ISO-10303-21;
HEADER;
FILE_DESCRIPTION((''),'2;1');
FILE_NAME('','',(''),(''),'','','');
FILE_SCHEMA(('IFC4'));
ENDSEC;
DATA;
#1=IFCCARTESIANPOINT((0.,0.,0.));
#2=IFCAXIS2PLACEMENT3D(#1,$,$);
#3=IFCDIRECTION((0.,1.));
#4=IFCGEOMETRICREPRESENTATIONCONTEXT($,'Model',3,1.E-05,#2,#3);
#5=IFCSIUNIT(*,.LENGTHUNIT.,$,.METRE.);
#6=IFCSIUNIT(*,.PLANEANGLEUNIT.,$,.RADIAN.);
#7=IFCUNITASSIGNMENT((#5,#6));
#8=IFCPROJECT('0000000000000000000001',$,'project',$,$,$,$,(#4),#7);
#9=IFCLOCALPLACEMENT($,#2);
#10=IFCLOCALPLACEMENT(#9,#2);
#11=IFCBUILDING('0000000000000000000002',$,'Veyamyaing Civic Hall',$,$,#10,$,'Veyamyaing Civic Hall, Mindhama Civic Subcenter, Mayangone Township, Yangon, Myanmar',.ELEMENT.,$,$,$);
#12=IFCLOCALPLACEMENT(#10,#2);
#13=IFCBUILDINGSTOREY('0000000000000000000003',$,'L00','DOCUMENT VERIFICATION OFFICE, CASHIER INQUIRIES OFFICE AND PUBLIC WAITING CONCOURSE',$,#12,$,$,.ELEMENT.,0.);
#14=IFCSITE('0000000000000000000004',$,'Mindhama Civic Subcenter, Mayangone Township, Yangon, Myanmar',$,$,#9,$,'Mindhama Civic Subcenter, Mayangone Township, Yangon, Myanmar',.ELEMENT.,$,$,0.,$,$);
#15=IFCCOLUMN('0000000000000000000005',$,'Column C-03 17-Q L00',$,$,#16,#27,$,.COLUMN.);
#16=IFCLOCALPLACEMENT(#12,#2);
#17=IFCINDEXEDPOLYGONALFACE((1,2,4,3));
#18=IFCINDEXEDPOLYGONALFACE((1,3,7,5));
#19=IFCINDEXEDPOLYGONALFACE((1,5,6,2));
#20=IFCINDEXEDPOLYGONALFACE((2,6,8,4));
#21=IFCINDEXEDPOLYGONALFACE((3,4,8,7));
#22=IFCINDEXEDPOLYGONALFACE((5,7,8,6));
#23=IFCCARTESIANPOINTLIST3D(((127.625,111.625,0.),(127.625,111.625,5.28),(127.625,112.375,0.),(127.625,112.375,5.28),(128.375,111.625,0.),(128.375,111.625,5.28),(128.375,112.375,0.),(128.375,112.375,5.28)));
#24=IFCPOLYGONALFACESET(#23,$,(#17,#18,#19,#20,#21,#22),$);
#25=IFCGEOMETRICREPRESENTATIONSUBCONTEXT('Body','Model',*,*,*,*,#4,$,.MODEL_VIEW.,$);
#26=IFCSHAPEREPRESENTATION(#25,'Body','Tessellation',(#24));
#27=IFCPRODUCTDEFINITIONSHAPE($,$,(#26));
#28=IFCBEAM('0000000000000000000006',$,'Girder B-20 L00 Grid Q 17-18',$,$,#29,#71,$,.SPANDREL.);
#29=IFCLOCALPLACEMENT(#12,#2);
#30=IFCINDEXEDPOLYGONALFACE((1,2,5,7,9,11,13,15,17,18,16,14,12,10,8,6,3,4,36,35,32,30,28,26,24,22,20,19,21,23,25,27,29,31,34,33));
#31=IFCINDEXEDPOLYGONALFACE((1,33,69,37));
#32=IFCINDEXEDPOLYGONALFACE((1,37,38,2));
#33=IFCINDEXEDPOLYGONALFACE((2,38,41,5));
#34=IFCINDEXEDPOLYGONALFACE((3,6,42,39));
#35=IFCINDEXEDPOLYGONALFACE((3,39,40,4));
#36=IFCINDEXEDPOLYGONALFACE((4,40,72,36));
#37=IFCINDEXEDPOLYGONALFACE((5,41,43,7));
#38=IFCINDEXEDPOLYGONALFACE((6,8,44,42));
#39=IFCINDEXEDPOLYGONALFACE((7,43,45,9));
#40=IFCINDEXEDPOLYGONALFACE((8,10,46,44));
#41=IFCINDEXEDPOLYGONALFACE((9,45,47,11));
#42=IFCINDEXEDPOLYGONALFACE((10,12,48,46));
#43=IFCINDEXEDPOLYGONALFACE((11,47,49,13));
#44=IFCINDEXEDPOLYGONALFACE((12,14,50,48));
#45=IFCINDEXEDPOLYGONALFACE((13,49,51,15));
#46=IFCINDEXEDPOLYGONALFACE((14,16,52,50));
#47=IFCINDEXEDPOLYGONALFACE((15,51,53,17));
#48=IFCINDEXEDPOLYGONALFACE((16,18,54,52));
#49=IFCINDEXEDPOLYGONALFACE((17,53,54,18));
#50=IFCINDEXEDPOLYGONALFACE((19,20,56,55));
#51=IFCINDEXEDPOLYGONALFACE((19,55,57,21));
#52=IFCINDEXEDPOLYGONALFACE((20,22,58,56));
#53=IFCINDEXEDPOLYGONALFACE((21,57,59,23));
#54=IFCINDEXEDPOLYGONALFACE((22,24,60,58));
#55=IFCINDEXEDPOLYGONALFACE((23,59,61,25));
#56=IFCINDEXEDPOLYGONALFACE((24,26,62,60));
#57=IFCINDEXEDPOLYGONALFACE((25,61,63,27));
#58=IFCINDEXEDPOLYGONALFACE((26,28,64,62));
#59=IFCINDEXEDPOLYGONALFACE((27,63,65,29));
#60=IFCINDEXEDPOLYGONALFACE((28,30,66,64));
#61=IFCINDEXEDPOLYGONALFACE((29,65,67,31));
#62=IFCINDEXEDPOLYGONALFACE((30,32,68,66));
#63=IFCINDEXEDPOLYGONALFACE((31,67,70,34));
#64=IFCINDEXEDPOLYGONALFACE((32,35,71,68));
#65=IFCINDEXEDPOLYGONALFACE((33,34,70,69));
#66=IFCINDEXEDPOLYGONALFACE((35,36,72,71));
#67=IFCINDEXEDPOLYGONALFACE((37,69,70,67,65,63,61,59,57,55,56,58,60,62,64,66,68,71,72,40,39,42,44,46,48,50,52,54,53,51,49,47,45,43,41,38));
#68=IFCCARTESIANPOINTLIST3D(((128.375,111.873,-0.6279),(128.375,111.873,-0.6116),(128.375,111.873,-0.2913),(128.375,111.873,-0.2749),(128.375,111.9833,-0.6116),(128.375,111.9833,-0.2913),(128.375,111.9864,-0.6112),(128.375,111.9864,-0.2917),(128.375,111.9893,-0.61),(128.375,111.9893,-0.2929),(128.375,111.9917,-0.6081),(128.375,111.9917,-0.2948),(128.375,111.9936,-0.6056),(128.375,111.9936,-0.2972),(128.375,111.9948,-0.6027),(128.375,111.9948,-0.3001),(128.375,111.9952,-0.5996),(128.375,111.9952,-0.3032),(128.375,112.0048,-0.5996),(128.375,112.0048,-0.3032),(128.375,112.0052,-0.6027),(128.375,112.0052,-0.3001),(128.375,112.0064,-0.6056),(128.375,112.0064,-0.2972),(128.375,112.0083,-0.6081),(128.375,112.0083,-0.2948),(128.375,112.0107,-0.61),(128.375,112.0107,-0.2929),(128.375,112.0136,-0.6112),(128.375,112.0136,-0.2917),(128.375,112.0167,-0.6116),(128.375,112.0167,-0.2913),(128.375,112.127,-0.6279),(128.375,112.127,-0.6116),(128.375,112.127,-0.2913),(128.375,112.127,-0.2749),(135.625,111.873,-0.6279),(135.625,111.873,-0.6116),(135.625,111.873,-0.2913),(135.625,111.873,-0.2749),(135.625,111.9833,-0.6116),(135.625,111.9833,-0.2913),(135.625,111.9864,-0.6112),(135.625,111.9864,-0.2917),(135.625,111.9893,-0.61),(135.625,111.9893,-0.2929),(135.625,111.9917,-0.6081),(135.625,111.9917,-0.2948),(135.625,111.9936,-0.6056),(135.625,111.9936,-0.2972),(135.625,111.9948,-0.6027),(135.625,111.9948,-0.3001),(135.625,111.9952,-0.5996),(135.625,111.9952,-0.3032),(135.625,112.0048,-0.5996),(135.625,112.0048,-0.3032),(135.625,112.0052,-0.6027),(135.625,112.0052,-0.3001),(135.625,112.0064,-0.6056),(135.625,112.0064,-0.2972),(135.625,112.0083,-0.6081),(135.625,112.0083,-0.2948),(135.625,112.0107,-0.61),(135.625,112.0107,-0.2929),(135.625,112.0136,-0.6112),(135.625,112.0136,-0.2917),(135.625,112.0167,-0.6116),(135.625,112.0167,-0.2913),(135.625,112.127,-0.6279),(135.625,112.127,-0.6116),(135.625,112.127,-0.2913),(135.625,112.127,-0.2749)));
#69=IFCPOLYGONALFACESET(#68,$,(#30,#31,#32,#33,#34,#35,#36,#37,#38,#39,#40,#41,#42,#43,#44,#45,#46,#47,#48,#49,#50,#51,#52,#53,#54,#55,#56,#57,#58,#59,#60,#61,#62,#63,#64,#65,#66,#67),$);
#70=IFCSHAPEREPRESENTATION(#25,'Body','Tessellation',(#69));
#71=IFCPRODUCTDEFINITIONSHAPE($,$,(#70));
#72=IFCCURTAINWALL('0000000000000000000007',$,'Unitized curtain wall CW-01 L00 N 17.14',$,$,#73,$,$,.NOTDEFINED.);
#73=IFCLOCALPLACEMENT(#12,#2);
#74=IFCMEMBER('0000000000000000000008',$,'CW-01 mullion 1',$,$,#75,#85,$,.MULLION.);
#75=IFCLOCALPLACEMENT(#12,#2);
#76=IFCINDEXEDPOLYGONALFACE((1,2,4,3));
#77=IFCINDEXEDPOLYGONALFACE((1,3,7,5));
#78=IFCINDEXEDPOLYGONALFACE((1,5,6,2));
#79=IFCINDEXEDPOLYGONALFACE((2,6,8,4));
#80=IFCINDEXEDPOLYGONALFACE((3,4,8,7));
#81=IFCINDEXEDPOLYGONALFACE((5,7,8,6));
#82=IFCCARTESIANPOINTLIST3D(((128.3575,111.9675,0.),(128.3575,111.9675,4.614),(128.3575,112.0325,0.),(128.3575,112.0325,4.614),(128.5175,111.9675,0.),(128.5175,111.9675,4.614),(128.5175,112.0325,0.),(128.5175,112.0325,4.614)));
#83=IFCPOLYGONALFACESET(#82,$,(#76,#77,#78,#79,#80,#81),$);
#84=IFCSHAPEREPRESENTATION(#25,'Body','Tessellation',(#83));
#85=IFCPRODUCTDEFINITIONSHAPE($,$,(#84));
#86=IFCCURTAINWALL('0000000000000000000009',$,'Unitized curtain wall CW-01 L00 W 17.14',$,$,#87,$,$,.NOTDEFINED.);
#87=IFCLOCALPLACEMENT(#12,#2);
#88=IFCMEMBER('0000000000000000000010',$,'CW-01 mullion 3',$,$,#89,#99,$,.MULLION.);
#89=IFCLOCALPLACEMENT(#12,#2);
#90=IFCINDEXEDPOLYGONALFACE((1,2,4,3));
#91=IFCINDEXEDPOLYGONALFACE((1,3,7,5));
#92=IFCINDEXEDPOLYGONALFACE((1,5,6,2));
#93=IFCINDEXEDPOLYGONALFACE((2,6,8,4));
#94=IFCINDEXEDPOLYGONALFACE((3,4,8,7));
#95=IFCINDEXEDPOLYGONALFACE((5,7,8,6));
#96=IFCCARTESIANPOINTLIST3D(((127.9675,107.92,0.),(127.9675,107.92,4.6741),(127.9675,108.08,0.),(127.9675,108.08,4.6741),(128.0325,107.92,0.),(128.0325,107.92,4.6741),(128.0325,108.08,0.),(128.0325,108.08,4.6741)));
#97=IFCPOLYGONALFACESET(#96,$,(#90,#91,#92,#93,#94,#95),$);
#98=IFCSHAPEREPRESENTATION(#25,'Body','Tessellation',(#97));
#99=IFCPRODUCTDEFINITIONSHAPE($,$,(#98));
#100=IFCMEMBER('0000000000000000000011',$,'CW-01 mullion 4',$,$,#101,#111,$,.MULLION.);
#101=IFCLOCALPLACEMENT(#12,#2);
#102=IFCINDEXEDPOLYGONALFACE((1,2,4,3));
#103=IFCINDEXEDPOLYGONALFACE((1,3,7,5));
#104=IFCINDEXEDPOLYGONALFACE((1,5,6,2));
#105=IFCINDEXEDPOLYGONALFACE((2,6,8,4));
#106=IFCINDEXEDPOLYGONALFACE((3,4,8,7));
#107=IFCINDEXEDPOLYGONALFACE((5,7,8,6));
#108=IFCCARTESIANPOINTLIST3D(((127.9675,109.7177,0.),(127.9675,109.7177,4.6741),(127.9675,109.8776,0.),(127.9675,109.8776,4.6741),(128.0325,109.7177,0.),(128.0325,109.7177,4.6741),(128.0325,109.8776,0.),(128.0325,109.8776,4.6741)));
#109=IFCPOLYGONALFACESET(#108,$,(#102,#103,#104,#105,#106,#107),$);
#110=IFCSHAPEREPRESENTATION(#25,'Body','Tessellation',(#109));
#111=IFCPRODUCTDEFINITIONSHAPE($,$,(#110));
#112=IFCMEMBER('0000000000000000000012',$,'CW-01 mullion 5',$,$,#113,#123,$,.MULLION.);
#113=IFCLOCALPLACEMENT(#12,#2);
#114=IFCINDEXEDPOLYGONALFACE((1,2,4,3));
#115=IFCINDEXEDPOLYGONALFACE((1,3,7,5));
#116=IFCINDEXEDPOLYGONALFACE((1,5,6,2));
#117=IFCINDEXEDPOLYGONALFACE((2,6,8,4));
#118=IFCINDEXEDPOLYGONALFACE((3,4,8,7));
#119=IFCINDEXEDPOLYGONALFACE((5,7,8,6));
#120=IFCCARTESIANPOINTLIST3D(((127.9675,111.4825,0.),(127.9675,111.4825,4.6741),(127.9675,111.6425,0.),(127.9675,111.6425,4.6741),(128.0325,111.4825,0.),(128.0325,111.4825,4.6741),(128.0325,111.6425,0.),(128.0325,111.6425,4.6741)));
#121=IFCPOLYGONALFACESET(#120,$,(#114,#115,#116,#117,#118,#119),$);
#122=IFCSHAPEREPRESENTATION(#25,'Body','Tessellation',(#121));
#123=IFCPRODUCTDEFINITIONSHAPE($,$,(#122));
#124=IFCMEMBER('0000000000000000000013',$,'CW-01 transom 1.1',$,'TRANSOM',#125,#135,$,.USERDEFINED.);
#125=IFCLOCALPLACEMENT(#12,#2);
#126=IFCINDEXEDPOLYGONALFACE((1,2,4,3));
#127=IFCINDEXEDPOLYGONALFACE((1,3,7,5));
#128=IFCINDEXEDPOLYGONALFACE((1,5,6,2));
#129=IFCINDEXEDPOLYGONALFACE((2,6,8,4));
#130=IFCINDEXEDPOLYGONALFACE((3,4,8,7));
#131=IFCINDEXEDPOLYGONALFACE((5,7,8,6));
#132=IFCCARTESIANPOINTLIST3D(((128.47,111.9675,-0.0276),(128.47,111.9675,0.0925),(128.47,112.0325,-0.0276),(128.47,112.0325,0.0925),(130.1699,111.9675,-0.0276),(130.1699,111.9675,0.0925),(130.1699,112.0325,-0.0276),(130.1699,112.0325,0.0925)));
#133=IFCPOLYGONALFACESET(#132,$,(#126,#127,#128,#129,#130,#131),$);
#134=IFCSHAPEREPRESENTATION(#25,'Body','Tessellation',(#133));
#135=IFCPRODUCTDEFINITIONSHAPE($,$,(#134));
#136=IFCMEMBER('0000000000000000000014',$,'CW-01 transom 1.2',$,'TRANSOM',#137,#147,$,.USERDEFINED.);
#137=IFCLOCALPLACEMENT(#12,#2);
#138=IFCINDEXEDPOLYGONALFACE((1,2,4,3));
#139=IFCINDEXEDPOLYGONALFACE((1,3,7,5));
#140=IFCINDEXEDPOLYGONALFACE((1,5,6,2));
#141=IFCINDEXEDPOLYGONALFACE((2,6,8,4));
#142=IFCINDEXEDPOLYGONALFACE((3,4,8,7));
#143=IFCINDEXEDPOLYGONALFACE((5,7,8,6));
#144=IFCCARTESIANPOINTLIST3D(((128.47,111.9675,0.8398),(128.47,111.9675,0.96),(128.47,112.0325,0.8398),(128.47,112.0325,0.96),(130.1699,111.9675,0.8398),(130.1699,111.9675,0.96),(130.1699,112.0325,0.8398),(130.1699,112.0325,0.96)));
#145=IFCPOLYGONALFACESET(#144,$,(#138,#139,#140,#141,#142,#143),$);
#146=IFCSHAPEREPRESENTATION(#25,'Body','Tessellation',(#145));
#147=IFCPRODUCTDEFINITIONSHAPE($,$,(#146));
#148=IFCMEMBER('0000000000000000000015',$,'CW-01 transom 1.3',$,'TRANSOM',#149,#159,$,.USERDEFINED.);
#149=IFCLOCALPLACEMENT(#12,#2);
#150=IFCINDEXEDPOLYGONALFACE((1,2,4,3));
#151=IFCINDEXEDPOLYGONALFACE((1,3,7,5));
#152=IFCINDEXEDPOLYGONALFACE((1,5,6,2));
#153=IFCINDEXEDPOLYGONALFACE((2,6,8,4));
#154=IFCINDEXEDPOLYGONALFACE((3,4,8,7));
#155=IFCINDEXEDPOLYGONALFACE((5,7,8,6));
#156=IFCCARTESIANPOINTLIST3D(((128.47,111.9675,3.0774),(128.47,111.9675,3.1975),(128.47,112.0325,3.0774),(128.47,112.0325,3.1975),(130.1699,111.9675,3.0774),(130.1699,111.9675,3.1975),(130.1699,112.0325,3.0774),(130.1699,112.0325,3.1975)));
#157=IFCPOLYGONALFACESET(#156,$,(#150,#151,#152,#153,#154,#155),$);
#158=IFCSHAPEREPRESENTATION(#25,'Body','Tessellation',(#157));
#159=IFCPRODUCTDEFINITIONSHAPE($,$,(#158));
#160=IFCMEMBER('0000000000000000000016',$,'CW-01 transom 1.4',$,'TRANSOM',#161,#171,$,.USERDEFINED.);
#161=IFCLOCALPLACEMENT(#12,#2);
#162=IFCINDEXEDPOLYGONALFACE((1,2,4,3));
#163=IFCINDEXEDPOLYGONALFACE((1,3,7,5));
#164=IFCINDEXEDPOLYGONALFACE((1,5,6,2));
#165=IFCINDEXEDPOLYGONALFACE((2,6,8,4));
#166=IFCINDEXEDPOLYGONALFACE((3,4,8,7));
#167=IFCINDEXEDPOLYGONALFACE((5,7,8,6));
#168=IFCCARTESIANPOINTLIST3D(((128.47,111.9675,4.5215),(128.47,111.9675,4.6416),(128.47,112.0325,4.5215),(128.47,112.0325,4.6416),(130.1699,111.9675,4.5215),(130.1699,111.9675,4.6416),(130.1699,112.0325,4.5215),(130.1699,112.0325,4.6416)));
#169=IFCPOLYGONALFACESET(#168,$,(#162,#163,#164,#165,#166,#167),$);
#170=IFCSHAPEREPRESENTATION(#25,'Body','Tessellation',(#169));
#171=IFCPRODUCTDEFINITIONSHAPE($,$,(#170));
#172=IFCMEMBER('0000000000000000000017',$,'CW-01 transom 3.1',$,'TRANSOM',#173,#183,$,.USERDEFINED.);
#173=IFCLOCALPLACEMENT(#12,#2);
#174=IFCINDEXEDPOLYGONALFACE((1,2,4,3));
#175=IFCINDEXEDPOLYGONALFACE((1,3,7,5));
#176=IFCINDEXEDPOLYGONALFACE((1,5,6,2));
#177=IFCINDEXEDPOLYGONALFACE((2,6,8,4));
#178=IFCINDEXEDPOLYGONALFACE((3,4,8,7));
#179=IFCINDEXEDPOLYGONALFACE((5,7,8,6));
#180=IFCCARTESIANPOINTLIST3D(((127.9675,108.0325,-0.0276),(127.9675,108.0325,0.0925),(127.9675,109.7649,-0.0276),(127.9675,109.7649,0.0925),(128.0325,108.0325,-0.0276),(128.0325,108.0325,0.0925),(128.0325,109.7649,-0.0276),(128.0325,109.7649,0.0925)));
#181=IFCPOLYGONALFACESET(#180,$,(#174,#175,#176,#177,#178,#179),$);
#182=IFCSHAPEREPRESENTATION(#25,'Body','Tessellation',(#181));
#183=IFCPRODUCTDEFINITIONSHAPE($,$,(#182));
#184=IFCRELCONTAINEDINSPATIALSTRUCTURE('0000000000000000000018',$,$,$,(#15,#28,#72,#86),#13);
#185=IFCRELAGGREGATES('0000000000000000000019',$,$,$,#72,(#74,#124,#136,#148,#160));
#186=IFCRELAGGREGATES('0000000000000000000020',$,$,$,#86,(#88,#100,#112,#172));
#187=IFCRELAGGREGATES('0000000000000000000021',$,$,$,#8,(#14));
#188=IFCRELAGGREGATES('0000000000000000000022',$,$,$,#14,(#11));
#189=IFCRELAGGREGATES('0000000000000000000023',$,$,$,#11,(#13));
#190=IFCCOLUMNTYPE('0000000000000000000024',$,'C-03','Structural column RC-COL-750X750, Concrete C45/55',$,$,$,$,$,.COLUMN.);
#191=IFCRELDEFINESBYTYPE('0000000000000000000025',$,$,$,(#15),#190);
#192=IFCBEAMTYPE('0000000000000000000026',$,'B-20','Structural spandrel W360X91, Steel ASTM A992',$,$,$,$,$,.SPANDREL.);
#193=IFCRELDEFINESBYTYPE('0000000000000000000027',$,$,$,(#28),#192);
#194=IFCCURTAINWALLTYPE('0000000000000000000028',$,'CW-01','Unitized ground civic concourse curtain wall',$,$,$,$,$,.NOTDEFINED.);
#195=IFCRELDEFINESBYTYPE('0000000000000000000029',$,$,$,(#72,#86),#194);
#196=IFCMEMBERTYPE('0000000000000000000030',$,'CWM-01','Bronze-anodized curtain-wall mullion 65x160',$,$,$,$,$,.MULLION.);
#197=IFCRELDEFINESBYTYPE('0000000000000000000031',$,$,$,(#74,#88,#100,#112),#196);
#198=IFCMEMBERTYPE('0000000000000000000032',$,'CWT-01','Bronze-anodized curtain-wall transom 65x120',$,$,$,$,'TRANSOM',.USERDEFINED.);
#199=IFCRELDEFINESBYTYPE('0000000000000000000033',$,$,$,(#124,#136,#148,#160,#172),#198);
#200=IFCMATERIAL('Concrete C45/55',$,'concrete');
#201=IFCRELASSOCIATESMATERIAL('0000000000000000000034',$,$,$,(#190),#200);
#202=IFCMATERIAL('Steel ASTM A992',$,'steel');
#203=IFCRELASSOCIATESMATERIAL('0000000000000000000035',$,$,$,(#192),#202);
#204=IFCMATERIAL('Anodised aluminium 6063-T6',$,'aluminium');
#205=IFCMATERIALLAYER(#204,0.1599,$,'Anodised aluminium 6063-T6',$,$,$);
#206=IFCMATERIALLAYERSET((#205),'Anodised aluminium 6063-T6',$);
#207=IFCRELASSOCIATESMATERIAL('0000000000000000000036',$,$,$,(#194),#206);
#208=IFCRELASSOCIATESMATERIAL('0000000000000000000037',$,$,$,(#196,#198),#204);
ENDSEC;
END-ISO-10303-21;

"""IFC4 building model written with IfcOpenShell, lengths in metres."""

from ifc_helpers import new_model, si_unit, direction, frame, origin, origin_2d, place, context, subcontext, project, spatial, rectangle, i_section, extrude, material, layer, layer_set, material_profile, profile_set, type_object, element, aggregate, save


model = new_model("IFC4")

# Units and contexts
model_context = context("Model", 3, precision=1e-05, world=origin(), true_north=direction((0.0, 1.0)))
body_context = subcontext(model_context, "Body", "Model", "MODEL_VIEW")
ifc_project = project(units=[si_unit("LENGTHUNIT", "METRE"), si_unit("PLANEANGLEUNIT", "RADIAN")], contexts=[model_context])

# Site, building, storey
site_placement = place(None, origin())
site = spatial("IfcSite", under=ifc_project, at=site_placement, Name="Mindhama Civic Subcenter, Mayangone Township, Yangon, Myanmar", LongName="Mindhama Civic Subcenter, Mayangone Township, Yangon, Myanmar", CompositionType="ELEMENT", RefElevation=0.0)
building_placement = place(site_placement, origin())
building = spatial("IfcBuilding", under=site, at=building_placement, Name="Veyamyaing Civic Hall", LongName="Veyamyaing Civic Hall, Mindhama Civic Subcenter, Mayangone Township, Yangon, Myanmar", CompositionType="ELEMENT")
storey_placement = place(building_placement, origin())
storey = spatial("IfcBuildingStorey", under=building, at=storey_placement, Name="L00", Description="DOCUMENT VERIFICATION OFFICE, CASHIER INQUIRIES OFFICE AND PUBLIC WAITING CONCOURSE", CompositionType="ELEMENT", Elevation=0.0)

# Column
ifc_material_1 = material(Name="Concrete C45/55", Category="concrete")
ifc_material_profile_1 = material_profile(ifc_material_1, rectangle(XDim=0.75, YDim=0.75, at=origin_2d()), Name="RC-COL-750X750")
ifc_profile_set_1 = profile_set([ifc_material_profile_1], Name="Concrete C45/55")
column_type = type_object("IfcColumnType", Name="C-03", Description="Structural column RC-COL-750X750, Concrete C45/55", PredefinedType="COLUMN", material=ifc_profile_set_1)
column_placement = place(storey_placement, frame((128.0, 112.0, 0.0), z_axis=(0.0, 0.0, 1.0), x_axis=(1.0, 0.0, 0.0)))
element("IfcColumn", 1, at=column_placement, inside=storey, type_object=column_type, Name="Column C-03 17-Q L00", PredefinedType="COLUMN", context=body_context, shape_type="SweptSolid", body=[
    extrude(rectangle(XDim=0.75, YDim=0.75, at=origin_2d()), origin(), (0.0, 0.0, 1.0), 5.28),
])

# Beam
ifc_material_2 = material(Name="Steel ASTM A992", Category="steel")
ifc_material_profile_2 = material_profile(ifc_material_2, i_section(OverallWidth=0.2539, OverallDepth=0.353, WebThickness=0.0095, FlangeThickness=0.0164, FilletRadius=0.012, at=origin_2d()), Name="W360X91")
ifc_profile_set_2 = profile_set([ifc_material_profile_2], Name="Steel ASTM A992")
beam_type_1 = type_object("IfcBeamType", Name="B-20", Description="Structural spandrel W360X91, Steel ASTM A992", PredefinedType="SPANDREL", material=ifc_profile_set_2)
beam_1_placement = place(storey_placement, frame((128.375, 112.0, -0.4514), z_axis=(1.0, 0.0, 0.0), x_axis=(0.0, 1.0, 0.0)))
element("IfcBeam", 2, at=beam_1_placement, inside=storey, type_object=beam_type_1, Name="Girder B-20 L00 Grid Q 17-18", PredefinedType="SPANDREL", context=body_context, shape_type="SweptSolid", body=[
    extrude(i_section(OverallWidth=0.2539, OverallDepth=0.353, WebThickness=0.0095, FlangeThickness=0.0164, FilletRadius=0.012, at=origin_2d()), origin(), (0.0, 0.0, 1.0), 7.25),
])

# Curtain wall, member
ifc_material_3 = material(Name="Anodised aluminium 6063-T6", Category="aluminium")
ifc_layer_1 = layer(ifc_material_3, 0.1599, Name="Anodised aluminium 6063-T6")
ifc_layer_set_1 = layer_set([ifc_layer_1], Name="Anodised aluminium 6063-T6")
curtain_wall_type = type_object("IfcCurtainWallType", Name="CW-01", Description="Unitized ground civic concourse curtain wall", PredefinedType="NOTDEFINED", material=ifc_layer_set_1)
curtain_wall_1_placement = place(storey_placement, origin())
curtain_wall_1 = element("IfcCurtainWall", 3, at=curtain_wall_1_placement, inside=storey, type_object=curtain_wall_type, Name="Unitized curtain wall CW-01 L00 N 17.14", PredefinedType="NOTDEFINED")
ifc_material_profile_3 = material_profile(ifc_material_3, rectangle(XDim=0.0649, YDim=0.1599, at=origin_2d()), Name="ALU-MUL-65X160")
ifc_profile_set_3 = profile_set([ifc_material_profile_3], Name="Anodised aluminium 6063-T6")
member_type_1 = type_object("IfcMemberType", Name="CWM-01", Description="Bronze-anodized curtain-wall mullion 65x160", PredefinedType="MULLION", material=ifc_profile_set_3)
member_1_placement = place(storey_placement, frame((128.4375, 112.0, 0.0), z_axis=(0.0, 0.0, 1.0), x_axis=(0.0, 1.0, 0.0)))
member_1 = element("IfcMember", 4, at=member_1_placement, type_object=member_type_1, Name="CW-01 mullion 1", PredefinedType="MULLION", context=body_context, shape_type="SweptSolid", body=[
    extrude(rectangle(XDim=0.0649, YDim=0.1599, at=origin_2d()), origin(), (0.0, 0.0, 1.0), 4.614),
])

# Curtain wall, members
curtain_wall_2_placement = place(storey_placement, origin())
curtain_wall_2 = element("IfcCurtainWall", 5, at=curtain_wall_2_placement, inside=storey, type_object=curtain_wall_type, Name="Unitized curtain wall CW-01 L00 W 17.14", PredefinedType="NOTDEFINED")
member_2_placement = place(storey_placement, frame((128.0, 108.0, 0.0), z_axis=(0.0, 0.0, 1.0), x_axis=(-1.0, 0.0, 0.0)))
member_2 = element("IfcMember", 6, at=member_2_placement, type_object=member_type_1, Name="CW-01 mullion 3", PredefinedType="MULLION", context=body_context, shape_type="SweptSolid", body=[
    extrude(rectangle(XDim=0.0649, YDim=0.1599, at=origin_2d()), origin(), (0.0, 0.0, 1.0), 4.6741),
])
member_3_placement = place(storey_placement, frame((128.0, 109.7976, 0.0), z_axis=(0.0, 0.0, 1.0), x_axis=(-1.0, 0.0, 0.0)))
member_3 = element("IfcMember", 7, at=member_3_placement, type_object=member_type_1, Name="CW-01 mullion 4", PredefinedType="MULLION", context=body_context, shape_type="SweptSolid", body=[
    extrude(rectangle(XDim=0.0649, YDim=0.1599, at=origin_2d()), origin(), (0.0, 0.0, 1.0), 4.6741),
])
member_4_placement = place(storey_placement, frame((128.0, 111.5625, 0.0), z_axis=(0.0, 0.0, 1.0), x_axis=(-1.0, 0.0, 0.0)))
member_4 = element("IfcMember", 8, at=member_4_placement, type_object=member_type_1, Name="CW-01 mullion 5", PredefinedType="MULLION", context=body_context, shape_type="SweptSolid", body=[
    extrude(rectangle(XDim=0.0649, YDim=0.1599, at=origin_2d()), origin(), (0.0, 0.0, 1.0), 4.6741),
])

# Members
ifc_material_profile_4 = material_profile(ifc_material_3, rectangle(XDim=0.0649, YDim=0.1201, at=origin_2d()), Name="ALU-TRN-65X120")
ifc_profile_set_4 = profile_set([ifc_material_profile_4], Name="Anodised aluminium 6063-T6")
member_type_2 = type_object("IfcMemberType", Name="CWT-01", Description="Bronze-anodized curtain-wall transom 65x120", ElementType="TRANSOM", PredefinedType="USERDEFINED", material=ifc_profile_set_4)
member_5_placement = place(storey_placement, frame((128.47, 112.0, 0.0325), z_axis=(1.0, 0.0, 0.0), x_axis=(0.0, 1.0, 0.0)))
member_5 = element("IfcMember", 9, at=member_5_placement, type_object=member_type_2, Name="CW-01 transom 1.1", ObjectType="TRANSOM", PredefinedType="USERDEFINED", context=body_context, shape_type="SweptSolid", body=[
    extrude(rectangle(XDim=0.0649, YDim=0.1201, at=origin_2d()), origin(), (0.0, 0.0, 1.0), 1.7),
])
member_6_placement = place(storey_placement, frame((128.47, 112.0, 0.8999), z_axis=(1.0, 0.0, 0.0), x_axis=(0.0, 1.0, 0.0)))
member_6 = element("IfcMember", 10, at=member_6_placement, type_object=member_type_2, Name="CW-01 transom 1.2", ObjectType="TRANSOM", PredefinedType="USERDEFINED", context=body_context, shape_type="SweptSolid", body=[
    extrude(rectangle(XDim=0.0649, YDim=0.1201, at=origin_2d()), origin(), (0.0, 0.0, 1.0), 1.7),
])
member_7_placement = place(storey_placement, frame((128.47, 112.0, 3.1375), z_axis=(1.0, 0.0, 0.0), x_axis=(0.0, 1.0, 0.0)))
member_7 = element("IfcMember", 11, at=member_7_placement, type_object=member_type_2, Name="CW-01 transom 1.3", ObjectType="TRANSOM", PredefinedType="USERDEFINED", context=body_context, shape_type="SweptSolid", body=[
    extrude(rectangle(XDim=0.0649, YDim=0.1201, at=origin_2d()), origin(), (0.0, 0.0, 1.0), 1.7),
])
member_8_placement = place(storey_placement, frame((128.47, 112.0, 4.5815), z_axis=(1.0, 0.0, 0.0), x_axis=(0.0, 1.0, 0.0)))
member_8 = element("IfcMember", 12, at=member_8_placement, type_object=member_type_2, Name="CW-01 transom 1.4", ObjectType="TRANSOM", PredefinedType="USERDEFINED", context=body_context, shape_type="SweptSolid", body=[
    extrude(rectangle(XDim=0.0649, YDim=0.1201, at=origin_2d()), origin(), (0.0, 0.0, 1.0), 1.7),
])
member_9_placement = place(storey_placement, frame((128.0, 108.0325, 0.0325), z_axis=(0.0, 1.0, 0.0), x_axis=(-1.0, 0.0, 0.0)))
member_9 = element("IfcMember", 13, at=member_9_placement, type_object=member_type_2, Name="CW-01 transom 3.1", ObjectType="TRANSOM", PredefinedType="USERDEFINED", context=body_context, shape_type="SweptSolid", body=[
    extrude(rectangle(XDim=0.0649, YDim=0.1201, at=origin_2d()), origin(), (0.0, 0.0, 1.0), 1.7324),
])

aggregate(curtain_wall_1, [member_1, member_5, member_6, member_7, member_8])
aggregate(curtain_wall_2, [member_2, member_3, member_4, member_9])

save(model, "model.ifc")
